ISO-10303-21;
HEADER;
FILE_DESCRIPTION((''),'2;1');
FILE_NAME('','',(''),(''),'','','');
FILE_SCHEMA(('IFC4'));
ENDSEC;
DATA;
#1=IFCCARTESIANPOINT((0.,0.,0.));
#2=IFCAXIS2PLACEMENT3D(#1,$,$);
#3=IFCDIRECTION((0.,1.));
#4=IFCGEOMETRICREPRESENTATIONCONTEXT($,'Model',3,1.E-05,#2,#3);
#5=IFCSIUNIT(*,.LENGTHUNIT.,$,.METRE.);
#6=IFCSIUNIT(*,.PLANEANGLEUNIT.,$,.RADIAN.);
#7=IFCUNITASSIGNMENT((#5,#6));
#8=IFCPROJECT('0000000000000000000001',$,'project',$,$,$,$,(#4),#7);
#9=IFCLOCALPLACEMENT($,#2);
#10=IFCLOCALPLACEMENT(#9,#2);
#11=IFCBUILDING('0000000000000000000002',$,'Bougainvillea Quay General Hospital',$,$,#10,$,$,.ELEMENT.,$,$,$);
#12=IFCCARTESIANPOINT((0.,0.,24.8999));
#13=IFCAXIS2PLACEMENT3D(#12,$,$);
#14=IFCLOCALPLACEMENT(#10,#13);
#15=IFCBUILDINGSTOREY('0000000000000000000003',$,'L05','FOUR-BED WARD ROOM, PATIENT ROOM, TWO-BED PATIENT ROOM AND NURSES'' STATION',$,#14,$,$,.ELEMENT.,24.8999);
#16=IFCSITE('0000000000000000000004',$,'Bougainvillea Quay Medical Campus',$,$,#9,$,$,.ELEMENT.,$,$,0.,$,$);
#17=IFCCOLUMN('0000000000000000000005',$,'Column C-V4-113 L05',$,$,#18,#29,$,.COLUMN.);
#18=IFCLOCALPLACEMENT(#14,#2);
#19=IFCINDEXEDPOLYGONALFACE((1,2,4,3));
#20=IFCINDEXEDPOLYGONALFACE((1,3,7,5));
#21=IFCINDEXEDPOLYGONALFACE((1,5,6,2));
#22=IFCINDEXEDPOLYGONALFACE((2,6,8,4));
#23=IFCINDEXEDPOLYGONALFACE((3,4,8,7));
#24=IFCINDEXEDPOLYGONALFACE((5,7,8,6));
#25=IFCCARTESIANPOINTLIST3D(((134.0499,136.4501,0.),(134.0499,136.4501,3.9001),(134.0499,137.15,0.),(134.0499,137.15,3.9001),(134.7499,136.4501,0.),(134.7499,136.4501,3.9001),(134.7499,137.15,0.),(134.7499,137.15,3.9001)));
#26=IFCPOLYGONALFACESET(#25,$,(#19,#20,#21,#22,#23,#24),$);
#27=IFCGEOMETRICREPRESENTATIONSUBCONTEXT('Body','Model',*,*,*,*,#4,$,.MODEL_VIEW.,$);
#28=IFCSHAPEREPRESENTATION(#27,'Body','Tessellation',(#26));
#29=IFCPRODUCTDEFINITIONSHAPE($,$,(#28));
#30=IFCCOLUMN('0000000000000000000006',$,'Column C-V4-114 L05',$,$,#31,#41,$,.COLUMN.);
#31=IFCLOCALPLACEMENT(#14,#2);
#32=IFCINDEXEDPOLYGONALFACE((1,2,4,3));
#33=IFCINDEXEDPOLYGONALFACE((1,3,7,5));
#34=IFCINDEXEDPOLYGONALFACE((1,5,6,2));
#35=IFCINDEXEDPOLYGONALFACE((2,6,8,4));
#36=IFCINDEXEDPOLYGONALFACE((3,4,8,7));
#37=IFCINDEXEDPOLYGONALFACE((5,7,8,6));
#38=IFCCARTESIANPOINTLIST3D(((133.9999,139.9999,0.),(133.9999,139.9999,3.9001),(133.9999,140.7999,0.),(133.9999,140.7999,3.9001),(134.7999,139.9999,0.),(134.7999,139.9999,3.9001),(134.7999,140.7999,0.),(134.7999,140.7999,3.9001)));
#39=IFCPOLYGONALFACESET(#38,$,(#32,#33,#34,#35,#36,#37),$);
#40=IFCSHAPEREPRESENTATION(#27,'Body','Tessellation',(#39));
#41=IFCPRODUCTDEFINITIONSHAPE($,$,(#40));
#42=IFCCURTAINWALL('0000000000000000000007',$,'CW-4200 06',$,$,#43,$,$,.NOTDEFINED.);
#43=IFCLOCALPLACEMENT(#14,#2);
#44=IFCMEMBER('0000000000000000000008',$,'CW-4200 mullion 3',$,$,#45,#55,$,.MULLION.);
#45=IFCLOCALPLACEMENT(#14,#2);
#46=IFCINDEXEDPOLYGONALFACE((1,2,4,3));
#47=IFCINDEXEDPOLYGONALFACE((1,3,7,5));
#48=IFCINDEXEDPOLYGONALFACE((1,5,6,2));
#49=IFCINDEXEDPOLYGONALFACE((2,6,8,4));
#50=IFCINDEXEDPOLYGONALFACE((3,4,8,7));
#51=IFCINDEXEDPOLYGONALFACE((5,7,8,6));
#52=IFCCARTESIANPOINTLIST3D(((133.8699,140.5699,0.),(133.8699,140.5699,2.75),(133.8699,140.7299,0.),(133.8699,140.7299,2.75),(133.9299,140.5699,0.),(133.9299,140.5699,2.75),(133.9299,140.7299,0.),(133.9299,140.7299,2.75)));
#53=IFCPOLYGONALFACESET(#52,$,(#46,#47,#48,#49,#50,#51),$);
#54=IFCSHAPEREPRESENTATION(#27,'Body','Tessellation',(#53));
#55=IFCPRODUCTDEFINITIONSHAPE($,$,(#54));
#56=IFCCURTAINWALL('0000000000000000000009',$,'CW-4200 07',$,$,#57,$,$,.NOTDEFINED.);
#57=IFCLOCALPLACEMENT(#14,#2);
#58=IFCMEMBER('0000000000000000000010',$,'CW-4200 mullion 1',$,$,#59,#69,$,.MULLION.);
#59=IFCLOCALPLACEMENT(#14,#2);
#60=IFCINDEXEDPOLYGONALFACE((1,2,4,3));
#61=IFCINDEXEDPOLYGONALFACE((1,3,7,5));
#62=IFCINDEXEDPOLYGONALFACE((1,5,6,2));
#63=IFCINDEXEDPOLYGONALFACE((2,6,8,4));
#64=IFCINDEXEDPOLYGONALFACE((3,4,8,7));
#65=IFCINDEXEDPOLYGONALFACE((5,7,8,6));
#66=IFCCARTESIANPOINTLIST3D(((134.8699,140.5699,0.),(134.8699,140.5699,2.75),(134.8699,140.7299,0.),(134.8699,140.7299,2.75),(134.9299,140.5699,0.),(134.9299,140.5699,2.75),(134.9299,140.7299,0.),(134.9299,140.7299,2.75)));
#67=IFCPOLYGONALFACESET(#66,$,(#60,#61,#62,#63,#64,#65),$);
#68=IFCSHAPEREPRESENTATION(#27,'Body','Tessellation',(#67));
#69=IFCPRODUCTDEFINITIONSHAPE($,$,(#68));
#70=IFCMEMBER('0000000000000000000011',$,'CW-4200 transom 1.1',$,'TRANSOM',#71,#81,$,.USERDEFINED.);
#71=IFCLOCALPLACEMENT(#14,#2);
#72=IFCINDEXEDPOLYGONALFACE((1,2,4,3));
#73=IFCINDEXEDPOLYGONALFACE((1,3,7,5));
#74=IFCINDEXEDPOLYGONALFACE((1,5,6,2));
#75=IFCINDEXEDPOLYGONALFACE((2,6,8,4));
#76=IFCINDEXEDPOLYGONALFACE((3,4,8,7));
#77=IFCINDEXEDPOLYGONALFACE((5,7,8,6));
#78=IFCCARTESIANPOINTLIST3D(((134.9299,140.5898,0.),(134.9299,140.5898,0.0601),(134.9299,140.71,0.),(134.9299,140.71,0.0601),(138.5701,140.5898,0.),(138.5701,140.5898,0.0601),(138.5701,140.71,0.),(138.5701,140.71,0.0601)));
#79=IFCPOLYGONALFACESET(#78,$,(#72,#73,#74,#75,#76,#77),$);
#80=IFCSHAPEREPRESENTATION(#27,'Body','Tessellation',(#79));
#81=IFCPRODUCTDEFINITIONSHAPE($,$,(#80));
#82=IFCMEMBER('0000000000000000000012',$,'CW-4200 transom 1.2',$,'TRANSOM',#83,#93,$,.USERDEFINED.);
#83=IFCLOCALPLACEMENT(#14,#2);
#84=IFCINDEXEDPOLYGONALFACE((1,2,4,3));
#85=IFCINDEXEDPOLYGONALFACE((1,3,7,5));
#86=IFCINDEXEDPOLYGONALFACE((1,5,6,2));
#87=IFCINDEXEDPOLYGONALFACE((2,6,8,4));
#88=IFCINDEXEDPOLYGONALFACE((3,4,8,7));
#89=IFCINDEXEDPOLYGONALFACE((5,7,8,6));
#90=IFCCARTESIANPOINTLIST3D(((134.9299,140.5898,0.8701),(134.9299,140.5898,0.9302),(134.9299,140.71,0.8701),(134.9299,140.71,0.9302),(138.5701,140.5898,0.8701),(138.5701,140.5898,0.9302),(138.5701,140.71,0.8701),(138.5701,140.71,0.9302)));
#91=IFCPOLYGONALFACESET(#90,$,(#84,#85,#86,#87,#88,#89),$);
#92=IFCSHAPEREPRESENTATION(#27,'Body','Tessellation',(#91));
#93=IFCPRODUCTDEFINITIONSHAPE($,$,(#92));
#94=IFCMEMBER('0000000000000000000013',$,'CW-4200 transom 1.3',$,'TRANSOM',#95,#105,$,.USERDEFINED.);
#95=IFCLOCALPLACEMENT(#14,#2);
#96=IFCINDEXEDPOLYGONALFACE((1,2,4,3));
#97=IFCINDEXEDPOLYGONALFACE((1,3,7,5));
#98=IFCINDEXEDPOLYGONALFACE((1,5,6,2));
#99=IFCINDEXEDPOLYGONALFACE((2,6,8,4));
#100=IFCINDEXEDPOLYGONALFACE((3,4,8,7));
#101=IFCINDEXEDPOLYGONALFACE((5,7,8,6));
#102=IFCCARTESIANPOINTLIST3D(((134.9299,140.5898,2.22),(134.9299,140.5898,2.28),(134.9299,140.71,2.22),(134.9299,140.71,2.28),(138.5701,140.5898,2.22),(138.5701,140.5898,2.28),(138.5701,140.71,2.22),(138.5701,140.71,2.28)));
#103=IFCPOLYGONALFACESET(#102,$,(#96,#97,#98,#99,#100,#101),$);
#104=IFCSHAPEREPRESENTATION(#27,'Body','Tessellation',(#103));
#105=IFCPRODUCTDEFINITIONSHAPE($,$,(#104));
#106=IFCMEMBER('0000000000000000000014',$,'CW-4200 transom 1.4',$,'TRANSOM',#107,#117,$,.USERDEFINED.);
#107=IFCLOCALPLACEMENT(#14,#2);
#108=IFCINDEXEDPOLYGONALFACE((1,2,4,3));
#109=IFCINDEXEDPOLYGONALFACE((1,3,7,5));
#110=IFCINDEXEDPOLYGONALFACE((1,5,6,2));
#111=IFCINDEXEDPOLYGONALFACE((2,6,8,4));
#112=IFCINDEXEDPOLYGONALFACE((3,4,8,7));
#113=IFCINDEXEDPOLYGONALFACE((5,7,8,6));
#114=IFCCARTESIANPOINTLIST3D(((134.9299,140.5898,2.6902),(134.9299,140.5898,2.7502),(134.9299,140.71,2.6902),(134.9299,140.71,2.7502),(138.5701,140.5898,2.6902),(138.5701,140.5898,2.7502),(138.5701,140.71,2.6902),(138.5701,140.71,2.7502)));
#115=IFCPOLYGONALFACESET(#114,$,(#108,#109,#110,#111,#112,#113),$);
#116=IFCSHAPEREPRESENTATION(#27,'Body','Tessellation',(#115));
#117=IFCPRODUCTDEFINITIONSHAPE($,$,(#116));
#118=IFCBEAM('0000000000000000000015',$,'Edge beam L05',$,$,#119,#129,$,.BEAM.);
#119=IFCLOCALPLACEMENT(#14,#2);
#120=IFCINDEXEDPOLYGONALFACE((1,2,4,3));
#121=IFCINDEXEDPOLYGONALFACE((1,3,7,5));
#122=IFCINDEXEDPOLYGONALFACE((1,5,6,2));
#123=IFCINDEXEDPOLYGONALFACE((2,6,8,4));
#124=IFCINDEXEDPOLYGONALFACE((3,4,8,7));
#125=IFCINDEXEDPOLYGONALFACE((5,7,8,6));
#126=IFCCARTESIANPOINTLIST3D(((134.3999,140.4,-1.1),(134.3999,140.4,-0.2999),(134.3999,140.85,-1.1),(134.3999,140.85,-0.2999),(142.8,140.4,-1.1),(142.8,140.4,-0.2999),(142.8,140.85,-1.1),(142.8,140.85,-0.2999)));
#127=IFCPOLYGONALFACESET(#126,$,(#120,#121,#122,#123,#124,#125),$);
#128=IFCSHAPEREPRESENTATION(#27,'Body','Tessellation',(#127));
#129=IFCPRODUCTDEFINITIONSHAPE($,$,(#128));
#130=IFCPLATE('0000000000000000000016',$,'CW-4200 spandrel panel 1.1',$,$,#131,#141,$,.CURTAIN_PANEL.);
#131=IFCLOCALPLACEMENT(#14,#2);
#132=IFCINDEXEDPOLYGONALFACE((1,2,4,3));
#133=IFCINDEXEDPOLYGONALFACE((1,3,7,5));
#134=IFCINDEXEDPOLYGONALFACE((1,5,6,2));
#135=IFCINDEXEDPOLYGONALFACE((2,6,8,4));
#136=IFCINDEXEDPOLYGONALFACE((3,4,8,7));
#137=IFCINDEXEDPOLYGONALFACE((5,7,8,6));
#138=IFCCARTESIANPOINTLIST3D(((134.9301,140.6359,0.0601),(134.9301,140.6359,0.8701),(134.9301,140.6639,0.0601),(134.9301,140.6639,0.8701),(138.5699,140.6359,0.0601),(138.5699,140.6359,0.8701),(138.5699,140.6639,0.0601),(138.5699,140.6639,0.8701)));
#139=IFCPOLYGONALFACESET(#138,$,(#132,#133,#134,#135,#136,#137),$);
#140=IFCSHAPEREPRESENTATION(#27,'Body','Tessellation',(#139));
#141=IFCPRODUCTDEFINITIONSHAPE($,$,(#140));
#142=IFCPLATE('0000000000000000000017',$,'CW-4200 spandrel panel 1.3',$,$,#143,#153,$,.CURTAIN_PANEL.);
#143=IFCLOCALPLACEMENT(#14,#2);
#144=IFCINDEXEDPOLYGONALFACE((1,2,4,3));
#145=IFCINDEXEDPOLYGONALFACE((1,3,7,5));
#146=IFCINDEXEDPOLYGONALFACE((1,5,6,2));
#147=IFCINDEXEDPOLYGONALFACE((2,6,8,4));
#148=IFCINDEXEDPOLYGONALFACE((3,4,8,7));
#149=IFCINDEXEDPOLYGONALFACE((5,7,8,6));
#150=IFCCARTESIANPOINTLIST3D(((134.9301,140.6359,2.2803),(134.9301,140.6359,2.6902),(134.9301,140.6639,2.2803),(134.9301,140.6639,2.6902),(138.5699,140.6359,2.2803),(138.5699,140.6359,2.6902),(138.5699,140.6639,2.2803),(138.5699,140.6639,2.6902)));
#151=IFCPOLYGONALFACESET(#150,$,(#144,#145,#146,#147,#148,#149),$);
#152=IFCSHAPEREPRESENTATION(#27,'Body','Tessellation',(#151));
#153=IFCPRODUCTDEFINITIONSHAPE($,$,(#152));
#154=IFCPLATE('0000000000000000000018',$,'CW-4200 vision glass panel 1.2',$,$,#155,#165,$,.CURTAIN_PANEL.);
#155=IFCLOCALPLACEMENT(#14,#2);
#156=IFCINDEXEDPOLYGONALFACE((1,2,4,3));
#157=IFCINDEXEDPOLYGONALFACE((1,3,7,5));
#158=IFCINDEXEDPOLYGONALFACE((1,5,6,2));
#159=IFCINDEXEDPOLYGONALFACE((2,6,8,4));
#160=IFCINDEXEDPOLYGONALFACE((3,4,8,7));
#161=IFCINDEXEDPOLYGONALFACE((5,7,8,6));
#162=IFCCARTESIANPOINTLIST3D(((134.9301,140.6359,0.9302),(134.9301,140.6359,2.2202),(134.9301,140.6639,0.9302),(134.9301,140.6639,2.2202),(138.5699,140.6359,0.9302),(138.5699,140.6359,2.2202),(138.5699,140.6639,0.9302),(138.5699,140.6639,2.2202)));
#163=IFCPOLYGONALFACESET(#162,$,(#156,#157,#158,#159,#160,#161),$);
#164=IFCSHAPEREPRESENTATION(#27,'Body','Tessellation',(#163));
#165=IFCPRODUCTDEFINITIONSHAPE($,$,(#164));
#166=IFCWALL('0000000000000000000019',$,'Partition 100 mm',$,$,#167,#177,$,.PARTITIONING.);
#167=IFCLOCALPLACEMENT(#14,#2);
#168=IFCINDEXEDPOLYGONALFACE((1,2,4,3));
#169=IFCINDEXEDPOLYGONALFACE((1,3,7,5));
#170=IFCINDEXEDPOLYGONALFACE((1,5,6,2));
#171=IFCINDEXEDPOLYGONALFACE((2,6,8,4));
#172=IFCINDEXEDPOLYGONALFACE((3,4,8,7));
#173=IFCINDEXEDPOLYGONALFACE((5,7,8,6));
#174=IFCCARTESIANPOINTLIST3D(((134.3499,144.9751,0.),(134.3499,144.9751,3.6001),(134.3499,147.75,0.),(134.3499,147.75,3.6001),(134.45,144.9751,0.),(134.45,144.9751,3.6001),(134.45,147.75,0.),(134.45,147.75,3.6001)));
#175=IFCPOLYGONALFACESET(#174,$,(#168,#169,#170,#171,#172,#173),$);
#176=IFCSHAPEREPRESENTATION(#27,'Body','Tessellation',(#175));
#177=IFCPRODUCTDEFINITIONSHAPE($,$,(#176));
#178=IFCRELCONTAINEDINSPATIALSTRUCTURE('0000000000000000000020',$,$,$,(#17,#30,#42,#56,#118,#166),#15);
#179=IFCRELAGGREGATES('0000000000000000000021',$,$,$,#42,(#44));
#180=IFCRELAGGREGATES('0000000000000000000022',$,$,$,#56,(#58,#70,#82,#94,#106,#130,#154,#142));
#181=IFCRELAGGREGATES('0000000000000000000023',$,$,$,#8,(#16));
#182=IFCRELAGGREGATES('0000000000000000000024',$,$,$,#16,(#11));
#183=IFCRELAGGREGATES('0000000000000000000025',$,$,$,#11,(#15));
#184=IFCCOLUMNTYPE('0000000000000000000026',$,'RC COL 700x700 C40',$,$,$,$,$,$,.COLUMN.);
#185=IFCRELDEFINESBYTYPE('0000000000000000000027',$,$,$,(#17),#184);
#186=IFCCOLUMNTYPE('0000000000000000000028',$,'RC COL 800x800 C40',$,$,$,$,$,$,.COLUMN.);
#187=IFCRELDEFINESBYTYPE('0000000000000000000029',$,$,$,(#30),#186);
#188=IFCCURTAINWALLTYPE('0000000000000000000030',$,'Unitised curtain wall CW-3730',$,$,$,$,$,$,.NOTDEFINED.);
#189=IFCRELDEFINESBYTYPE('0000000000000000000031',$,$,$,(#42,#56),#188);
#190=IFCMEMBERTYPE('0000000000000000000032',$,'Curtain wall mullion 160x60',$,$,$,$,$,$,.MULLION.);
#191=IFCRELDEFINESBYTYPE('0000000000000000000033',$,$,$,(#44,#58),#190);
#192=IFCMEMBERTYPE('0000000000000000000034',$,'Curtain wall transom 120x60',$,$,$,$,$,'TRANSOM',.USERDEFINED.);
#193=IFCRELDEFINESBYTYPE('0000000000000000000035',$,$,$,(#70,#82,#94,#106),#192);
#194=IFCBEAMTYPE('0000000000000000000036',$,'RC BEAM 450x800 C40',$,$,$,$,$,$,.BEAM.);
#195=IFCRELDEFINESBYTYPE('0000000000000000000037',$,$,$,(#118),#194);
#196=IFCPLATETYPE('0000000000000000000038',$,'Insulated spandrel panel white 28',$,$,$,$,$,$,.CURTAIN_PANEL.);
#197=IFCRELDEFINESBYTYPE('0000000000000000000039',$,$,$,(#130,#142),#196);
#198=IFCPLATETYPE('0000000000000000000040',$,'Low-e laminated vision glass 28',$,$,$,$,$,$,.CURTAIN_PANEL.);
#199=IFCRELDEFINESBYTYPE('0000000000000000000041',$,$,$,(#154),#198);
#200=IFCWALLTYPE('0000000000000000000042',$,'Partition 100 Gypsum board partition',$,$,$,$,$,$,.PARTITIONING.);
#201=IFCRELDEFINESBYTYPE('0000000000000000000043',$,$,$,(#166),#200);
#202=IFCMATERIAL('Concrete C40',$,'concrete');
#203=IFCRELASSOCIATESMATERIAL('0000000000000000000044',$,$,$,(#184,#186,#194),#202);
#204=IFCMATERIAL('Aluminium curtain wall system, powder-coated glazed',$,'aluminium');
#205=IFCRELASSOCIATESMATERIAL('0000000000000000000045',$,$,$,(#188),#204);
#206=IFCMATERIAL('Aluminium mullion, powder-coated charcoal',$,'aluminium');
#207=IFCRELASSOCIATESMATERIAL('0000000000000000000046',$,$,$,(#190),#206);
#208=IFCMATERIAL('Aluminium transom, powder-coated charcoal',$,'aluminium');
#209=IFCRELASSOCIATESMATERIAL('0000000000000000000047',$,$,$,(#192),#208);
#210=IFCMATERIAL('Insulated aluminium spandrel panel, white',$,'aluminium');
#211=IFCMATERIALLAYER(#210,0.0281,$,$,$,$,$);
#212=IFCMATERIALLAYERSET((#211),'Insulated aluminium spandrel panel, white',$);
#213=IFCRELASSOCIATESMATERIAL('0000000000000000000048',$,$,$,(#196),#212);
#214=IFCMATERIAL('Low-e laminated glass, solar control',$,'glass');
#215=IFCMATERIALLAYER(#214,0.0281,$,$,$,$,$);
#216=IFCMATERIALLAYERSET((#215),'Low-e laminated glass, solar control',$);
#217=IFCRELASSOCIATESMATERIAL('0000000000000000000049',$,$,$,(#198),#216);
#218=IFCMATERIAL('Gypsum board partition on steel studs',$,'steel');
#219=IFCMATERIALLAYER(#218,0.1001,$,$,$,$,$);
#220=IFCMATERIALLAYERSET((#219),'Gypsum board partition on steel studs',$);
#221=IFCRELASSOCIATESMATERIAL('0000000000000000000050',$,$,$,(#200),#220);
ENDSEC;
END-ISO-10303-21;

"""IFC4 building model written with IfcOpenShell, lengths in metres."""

from ifc_helpers import new_model, si_unit, direction, frame, frame_2d, origin, origin_2d, place, context, subcontext, project, spatial, rectangle, extrude, material, layer, layer_set, material_profile, profile_set, type_object, element, aggregate, save


model = new_model("IFC4")

# Units and contexts
model_context = context("Model", 3, precision=1e-05, world=origin(), true_north=direction((0.0, 1.0)))
body_context = subcontext(model_context, "Body", "Model", "MODEL_VIEW")
ifc_project = project(units=[si_unit("LENGTHUNIT", "METRE"), si_unit("PLANEANGLEUNIT", "RADIAN")], contexts=[model_context])

# Site, building, storey
site_placement = place(None, origin())
site = spatial("IfcSite", under=ifc_project, at=site_placement, Name="Bougainvillea Quay Medical Campus", CompositionType="ELEMENT", RefElevation=0.0)
building_placement = place(site_placement, origin())
building = spatial("IfcBuilding", under=site, at=building_placement, Name="Bougainvillea Quay General Hospital", CompositionType="ELEMENT")
storey_placement = place(building_placement, frame((0.0, 0.0, 24.8999)))
storey = spatial("IfcBuildingStorey", under=building, at=storey_placement, Name="L05", Description="FOUR-BED WARD ROOM, PATIENT ROOM, TWO-BED PATIENT ROOM AND NURSES' STATION", CompositionType="ELEMENT", Elevation=24.8999)

# Columns
ifc_material_1 = material(Name="Concrete C40", Category="concrete")
ifc_material_profile_1 = material_profile(ifc_material_1, rectangle(XDim=0.7, YDim=0.7, at=origin_2d()))
ifc_profile_set_1 = profile_set([ifc_material_profile_1], Name="Concrete C40")
column_type_1 = type_object("IfcColumnType", Name="RC COL 700x700 C40", PredefinedType="COLUMN", material=ifc_profile_set_1)
column_1_placement = place(storey_placement, frame((134.3999, 136.8, 0.0), z_axis=(0.0, 0.0, 1.0), x_axis=(1.0, 0.0, 0.0)))
element("IfcColumn", 1, at=column_1_placement, inside=storey, type_object=column_type_1, Name="Column C-V4-113 L05", PredefinedType="COLUMN", context=body_context, shape_type="SweptSolid", body=[
    extrude(rectangle(XDim=0.7, YDim=0.7, at=origin_2d()), origin(), (0.0, 0.0, 1.0), 3.9001),
])
ifc_material_profile_2 = material_profile(ifc_material_1, rectangle(XDim=0.8, YDim=0.8, at=origin_2d()))
ifc_profile_set_2 = profile_set([ifc_material_profile_2], Name="Concrete C40")
column_type_2 = type_object("IfcColumnType", Name="RC COL 800x800 C40", PredefinedType="COLUMN", material=ifc_profile_set_2)
column_2_placement = place(storey_placement, frame((134.3999, 140.3999, 0.0), z_axis=(0.0, 0.0, 1.0), x_axis=(1.0, 0.0, 0.0)))
element("IfcColumn", 2, at=column_2_placement, inside=storey, type_object=column_type_2, Name="Column C-V4-114 L05", PredefinedType="COLUMN", context=body_context, shape_type="SweptSolid", body=[
    extrude(rectangle(XDim=0.8, YDim=0.8, at=origin_2d()), origin(), (0.0, 0.0, 1.0), 3.9001),
])

# Curtain wall, member
ifc_material_2 = material(Name="Aluminium curtain wall system, powder-coated glazed", Category="aluminium")
curtain_wall_type = type_object("IfcCurtainWallType", Name="Unitised curtain wall CW-3730", PredefinedType="NOTDEFINED", material=ifc_material_2)
curtain_wall_1_placement = place(storey_placement, origin())
curtain_wall_1 = element("IfcCurtainWall", 3, at=curtain_wall_1_placement, inside=storey, type_object=curtain_wall_type, Name="CW-4200 06", PredefinedType="NOTDEFINED")
ifc_material_3 = material(Name="Aluminium mullion, powder-coated charcoal", Category="aluminium")
ifc_material_profile_3 = material_profile(ifc_material_3, rectangle(XDim=0.1599, YDim=0.0601, at=origin_2d()))
ifc_profile_set_3 = profile_set([ifc_material_profile_3], Name="Aluminium mullion, powder-coated charcoal")
member_type_1 = type_object("IfcMemberType", Name="Curtain wall mullion 160x60", PredefinedType="MULLION", material=ifc_profile_set_3)
member_1_placement = place(storey_placement, frame((133.8999, 140.6499, 0.0), z_axis=(0.0, 0.0, 1.0), x_axis=(0.0, 1.0, 0.0)))
member_1 = element("IfcMember", 4, at=member_1_placement, type_object=member_type_1, Name="CW-4200 mullion 3", PredefinedType="MULLION", context=body_context, shape_type="SweptSolid", body=[
    extrude(rectangle(XDim=0.1599, YDim=0.0601, at=origin_2d()), origin(), (0.0, 0.0, 1.0), 2.75),
])
aggregate(curtain_wall_1, [member_1])

# Curtain wall, members
curtain_wall_2_placement = place(storey_placement, origin())
curtain_wall_2 = element("IfcCurtainWall", 5, at=curtain_wall_2_placement, inside=storey, type_object=curtain_wall_type, Name="CW-4200 07", PredefinedType="NOTDEFINED")
member_2_placement = place(storey_placement, frame((134.8999, 140.6499, 0.0), z_axis=(0.0, 0.0, 1.0), x_axis=(0.0, 1.0, 0.0)))
member_2 = element("IfcMember", 6, at=member_2_placement, type_object=member_type_1, Name="CW-4200 mullion 1", PredefinedType="MULLION", context=body_context, shape_type="SweptSolid", body=[
    extrude(rectangle(XDim=0.1599, YDim=0.0601, at=origin_2d()), origin(), (0.0, 0.0, 1.0), 2.75),
])
ifc_material_4 = material(Name="Aluminium transom, powder-coated charcoal", Category="aluminium")
ifc_material_profile_4 = material_profile(ifc_material_4, rectangle(XDim=0.1201, YDim=0.0601, at=origin_2d()))
ifc_profile_set_4 = profile_set([ifc_material_profile_4], Name="Aluminium transom, powder-coated charcoal")
member_type_2 = type_object("IfcMemberType", Name="Curtain wall transom 120x60", ElementType="TRANSOM", PredefinedType="USERDEFINED", material=ifc_profile_set_4)
member_3_placement = place(storey_placement, frame((134.9299, 140.6499, 0.03), z_axis=(1.0, 0.0, 0.0), x_axis=(0.0, 1.0, 0.0)))
member_3 = element("IfcMember", 7, at=member_3_placement, type_object=member_type_2, Name="CW-4200 transom 1.1", ObjectType="TRANSOM", PredefinedType="USERDEFINED", context=body_context, shape_type="SweptSolid", body=[
    extrude(rectangle(XDim=0.1201, YDim=0.0601, at=origin_2d()), origin(), (0.0, 0.0, 1.0), 3.6401),
])
member_4_placement = place(storey_placement, frame((134.9299, 140.6499, 0.9001), z_axis=(1.0, 0.0, 0.0), x_axis=(0.0, 1.0, 0.0)))
member_4 = element("IfcMember", 8, at=member_4_placement, type_object=member_type_2, Name="CW-4200 transom 1.2", ObjectType="TRANSOM", PredefinedType="USERDEFINED", context=body_context, shape_type="SweptSolid", body=[
    extrude(rectangle(XDim=0.1201, YDim=0.0601, at=origin_2d()), origin(), (0.0, 0.0, 1.0), 3.6401),
])
member_5_placement = place(storey_placement, frame((134.9299, 140.6499, 2.25), z_axis=(1.0, 0.0, 0.0), x_axis=(0.0, 1.0, 0.0)))
member_5 = element("IfcMember", 9, at=member_5_placement, type_object=member_type_2, Name="CW-4200 transom 1.3", ObjectType="TRANSOM", PredefinedType="USERDEFINED", context=body_context, shape_type="SweptSolid", body=[
    extrude(rectangle(XDim=0.1201, YDim=0.0601, at=origin_2d()), origin(), (0.0, 0.0, 1.0), 3.6401),
])
member_6_placement = place(storey_placement, frame((134.9299, 140.6499, 2.7202), z_axis=(1.0, 0.0, 0.0), x_axis=(0.0, 1.0, 0.0)))
member_6 = element("IfcMember", 10, at=member_6_placement, type_object=member_type_2, Name="CW-4200 transom 1.4", ObjectType="TRANSOM", PredefinedType="USERDEFINED", context=body_context, shape_type="SweptSolid", body=[
    extrude(rectangle(XDim=0.1201, YDim=0.0601, at=origin_2d()), origin(), (0.0, 0.0, 1.0), 3.6401),
])

# Beam
ifc_material_profile_5 = material_profile(ifc_material_1, rectangle(XDim=0.45, YDim=0.8, at=origin_2d()))
ifc_profile_set_5 = profile_set([ifc_material_profile_5], Name="Concrete C40")
beam_type = type_object("IfcBeamType", Name="RC BEAM 450x800 C40", PredefinedType="BEAM", material=ifc_profile_set_5)
beam_placement = place(storey_placement, frame((134.3999, 140.625, -0.7), z_axis=(1.0, 0.0, 0.0), x_axis=(0.0, 1.0, 0.0)))
element("IfcBeam", 11, at=beam_placement, inside=storey, type_object=beam_type, Name="Edge beam L05", PredefinedType="BEAM", context=body_context, shape_type="SweptSolid", body=[
    extrude(rectangle(XDim=0.45, YDim=0.8, at=origin_2d()), origin(), (0.0, 0.0, 1.0), 8.4001),
])

# Plates
ifc_material_5 = material(Name="Insulated aluminium spandrel panel, white", Category="aluminium")
ifc_layer_1 = layer(ifc_material_5, 0.0281)
ifc_layer_set_1 = layer_set([ifc_layer_1], Name="Insulated aluminium spandrel panel, white")
plate_type_1 = type_object("IfcPlateType", Name="Insulated spandrel panel white 28", PredefinedType="CURTAIN_PANEL", material=ifc_layer_set_1)
plate_1_placement = place(storey_placement, frame((136.75, 140.6499, 0.0601), z_axis=(0.0, 0.0, 1.0), x_axis=(1.0, 0.0, 0.0)))
plate_1 = element("IfcPlate", 12, at=plate_1_placement, type_object=plate_type_1, Name="CW-4200 spandrel panel 1.1", PredefinedType="CURTAIN_PANEL", context=body_context, shape_type="SweptSolid", body=[
    extrude(rectangle(XDim=3.6399, YDim=0.0281, at=origin_2d()), origin(), (0.0, 0.0, 1.0), 0.8101),
])
plate_2_placement = place(storey_placement, frame((136.75, 140.6499, 2.2803), z_axis=(0.0, 0.0, 1.0), x_axis=(1.0, 0.0, 0.0)))
plate_2 = element("IfcPlate", 13, at=plate_2_placement, type_object=plate_type_1, Name="CW-4200 spandrel panel 1.3", PredefinedType="CURTAIN_PANEL", context=body_context, shape_type="SweptSolid", body=[
    extrude(rectangle(XDim=3.6399, YDim=0.0281, at=origin_2d()), origin(), (0.0, 0.0, 1.0), 0.4099),
])
ifc_material_6 = material(Name="Low-e laminated glass, solar control", Category="glass")
ifc_layer_2 = layer(ifc_material_6, 0.0281)
ifc_layer_set_2 = layer_set([ifc_layer_2], Name="Low-e laminated glass, solar control")
plate_type_2 = type_object("IfcPlateType", Name="Low-e laminated vision glass 28", PredefinedType="CURTAIN_PANEL", material=ifc_layer_set_2)
plate_3_placement = place(storey_placement, frame((136.75, 140.6499, 0.9302), z_axis=(0.0, 0.0, 1.0), x_axis=(1.0, 0.0, 0.0)))
plate_3 = element("IfcPlate", 14, at=plate_3_placement, type_object=plate_type_2, Name="CW-4200 vision glass panel 1.2", PredefinedType="CURTAIN_PANEL", context=body_context, shape_type="SweptSolid", body=[
    extrude(rectangle(XDim=3.6399, YDim=0.0281, at=origin_2d()), origin(), (0.0, 0.0, 1.0), 1.29),
])
aggregate(curtain_wall_2, [member_2, member_3, member_4, member_5, member_6, plate_1, plate_3, plate_2])

# Wall
ifc_material_7 = material(Name="Gypsum board partition on steel studs", Category="steel")
ifc_layer_3 = layer(ifc_material_7, 0.1001)
ifc_layer_set_3 = layer_set([ifc_layer_3], Name="Gypsum board partition on steel studs")
wall_type_1 = type_object("IfcWallType", Name="Partition 100 Gypsum board partition", PredefinedType="PARTITIONING", material=ifc_layer_set_3)
wall_1_placement = place(storey_placement, frame((134.3999, 144.9751, 0.0), z_axis=(0.0, 0.0, 1.0), x_axis=(0.0, 1.0, 0.0)))
element("IfcWall", 15, at=wall_1_placement, inside=storey, type_object=wall_type_1, Name="Partition 100 mm", PredefinedType="PARTITIONING", context=body_context, shape_type="SweptSolid", body=[
    extrude(rectangle(XDim=2.7749, YDim=0.1001, at=frame_2d((1.3875, 0.0))), origin(), (0.0, 0.0, 1.0), 3.6001),
])

save(model, "model.ifc")
